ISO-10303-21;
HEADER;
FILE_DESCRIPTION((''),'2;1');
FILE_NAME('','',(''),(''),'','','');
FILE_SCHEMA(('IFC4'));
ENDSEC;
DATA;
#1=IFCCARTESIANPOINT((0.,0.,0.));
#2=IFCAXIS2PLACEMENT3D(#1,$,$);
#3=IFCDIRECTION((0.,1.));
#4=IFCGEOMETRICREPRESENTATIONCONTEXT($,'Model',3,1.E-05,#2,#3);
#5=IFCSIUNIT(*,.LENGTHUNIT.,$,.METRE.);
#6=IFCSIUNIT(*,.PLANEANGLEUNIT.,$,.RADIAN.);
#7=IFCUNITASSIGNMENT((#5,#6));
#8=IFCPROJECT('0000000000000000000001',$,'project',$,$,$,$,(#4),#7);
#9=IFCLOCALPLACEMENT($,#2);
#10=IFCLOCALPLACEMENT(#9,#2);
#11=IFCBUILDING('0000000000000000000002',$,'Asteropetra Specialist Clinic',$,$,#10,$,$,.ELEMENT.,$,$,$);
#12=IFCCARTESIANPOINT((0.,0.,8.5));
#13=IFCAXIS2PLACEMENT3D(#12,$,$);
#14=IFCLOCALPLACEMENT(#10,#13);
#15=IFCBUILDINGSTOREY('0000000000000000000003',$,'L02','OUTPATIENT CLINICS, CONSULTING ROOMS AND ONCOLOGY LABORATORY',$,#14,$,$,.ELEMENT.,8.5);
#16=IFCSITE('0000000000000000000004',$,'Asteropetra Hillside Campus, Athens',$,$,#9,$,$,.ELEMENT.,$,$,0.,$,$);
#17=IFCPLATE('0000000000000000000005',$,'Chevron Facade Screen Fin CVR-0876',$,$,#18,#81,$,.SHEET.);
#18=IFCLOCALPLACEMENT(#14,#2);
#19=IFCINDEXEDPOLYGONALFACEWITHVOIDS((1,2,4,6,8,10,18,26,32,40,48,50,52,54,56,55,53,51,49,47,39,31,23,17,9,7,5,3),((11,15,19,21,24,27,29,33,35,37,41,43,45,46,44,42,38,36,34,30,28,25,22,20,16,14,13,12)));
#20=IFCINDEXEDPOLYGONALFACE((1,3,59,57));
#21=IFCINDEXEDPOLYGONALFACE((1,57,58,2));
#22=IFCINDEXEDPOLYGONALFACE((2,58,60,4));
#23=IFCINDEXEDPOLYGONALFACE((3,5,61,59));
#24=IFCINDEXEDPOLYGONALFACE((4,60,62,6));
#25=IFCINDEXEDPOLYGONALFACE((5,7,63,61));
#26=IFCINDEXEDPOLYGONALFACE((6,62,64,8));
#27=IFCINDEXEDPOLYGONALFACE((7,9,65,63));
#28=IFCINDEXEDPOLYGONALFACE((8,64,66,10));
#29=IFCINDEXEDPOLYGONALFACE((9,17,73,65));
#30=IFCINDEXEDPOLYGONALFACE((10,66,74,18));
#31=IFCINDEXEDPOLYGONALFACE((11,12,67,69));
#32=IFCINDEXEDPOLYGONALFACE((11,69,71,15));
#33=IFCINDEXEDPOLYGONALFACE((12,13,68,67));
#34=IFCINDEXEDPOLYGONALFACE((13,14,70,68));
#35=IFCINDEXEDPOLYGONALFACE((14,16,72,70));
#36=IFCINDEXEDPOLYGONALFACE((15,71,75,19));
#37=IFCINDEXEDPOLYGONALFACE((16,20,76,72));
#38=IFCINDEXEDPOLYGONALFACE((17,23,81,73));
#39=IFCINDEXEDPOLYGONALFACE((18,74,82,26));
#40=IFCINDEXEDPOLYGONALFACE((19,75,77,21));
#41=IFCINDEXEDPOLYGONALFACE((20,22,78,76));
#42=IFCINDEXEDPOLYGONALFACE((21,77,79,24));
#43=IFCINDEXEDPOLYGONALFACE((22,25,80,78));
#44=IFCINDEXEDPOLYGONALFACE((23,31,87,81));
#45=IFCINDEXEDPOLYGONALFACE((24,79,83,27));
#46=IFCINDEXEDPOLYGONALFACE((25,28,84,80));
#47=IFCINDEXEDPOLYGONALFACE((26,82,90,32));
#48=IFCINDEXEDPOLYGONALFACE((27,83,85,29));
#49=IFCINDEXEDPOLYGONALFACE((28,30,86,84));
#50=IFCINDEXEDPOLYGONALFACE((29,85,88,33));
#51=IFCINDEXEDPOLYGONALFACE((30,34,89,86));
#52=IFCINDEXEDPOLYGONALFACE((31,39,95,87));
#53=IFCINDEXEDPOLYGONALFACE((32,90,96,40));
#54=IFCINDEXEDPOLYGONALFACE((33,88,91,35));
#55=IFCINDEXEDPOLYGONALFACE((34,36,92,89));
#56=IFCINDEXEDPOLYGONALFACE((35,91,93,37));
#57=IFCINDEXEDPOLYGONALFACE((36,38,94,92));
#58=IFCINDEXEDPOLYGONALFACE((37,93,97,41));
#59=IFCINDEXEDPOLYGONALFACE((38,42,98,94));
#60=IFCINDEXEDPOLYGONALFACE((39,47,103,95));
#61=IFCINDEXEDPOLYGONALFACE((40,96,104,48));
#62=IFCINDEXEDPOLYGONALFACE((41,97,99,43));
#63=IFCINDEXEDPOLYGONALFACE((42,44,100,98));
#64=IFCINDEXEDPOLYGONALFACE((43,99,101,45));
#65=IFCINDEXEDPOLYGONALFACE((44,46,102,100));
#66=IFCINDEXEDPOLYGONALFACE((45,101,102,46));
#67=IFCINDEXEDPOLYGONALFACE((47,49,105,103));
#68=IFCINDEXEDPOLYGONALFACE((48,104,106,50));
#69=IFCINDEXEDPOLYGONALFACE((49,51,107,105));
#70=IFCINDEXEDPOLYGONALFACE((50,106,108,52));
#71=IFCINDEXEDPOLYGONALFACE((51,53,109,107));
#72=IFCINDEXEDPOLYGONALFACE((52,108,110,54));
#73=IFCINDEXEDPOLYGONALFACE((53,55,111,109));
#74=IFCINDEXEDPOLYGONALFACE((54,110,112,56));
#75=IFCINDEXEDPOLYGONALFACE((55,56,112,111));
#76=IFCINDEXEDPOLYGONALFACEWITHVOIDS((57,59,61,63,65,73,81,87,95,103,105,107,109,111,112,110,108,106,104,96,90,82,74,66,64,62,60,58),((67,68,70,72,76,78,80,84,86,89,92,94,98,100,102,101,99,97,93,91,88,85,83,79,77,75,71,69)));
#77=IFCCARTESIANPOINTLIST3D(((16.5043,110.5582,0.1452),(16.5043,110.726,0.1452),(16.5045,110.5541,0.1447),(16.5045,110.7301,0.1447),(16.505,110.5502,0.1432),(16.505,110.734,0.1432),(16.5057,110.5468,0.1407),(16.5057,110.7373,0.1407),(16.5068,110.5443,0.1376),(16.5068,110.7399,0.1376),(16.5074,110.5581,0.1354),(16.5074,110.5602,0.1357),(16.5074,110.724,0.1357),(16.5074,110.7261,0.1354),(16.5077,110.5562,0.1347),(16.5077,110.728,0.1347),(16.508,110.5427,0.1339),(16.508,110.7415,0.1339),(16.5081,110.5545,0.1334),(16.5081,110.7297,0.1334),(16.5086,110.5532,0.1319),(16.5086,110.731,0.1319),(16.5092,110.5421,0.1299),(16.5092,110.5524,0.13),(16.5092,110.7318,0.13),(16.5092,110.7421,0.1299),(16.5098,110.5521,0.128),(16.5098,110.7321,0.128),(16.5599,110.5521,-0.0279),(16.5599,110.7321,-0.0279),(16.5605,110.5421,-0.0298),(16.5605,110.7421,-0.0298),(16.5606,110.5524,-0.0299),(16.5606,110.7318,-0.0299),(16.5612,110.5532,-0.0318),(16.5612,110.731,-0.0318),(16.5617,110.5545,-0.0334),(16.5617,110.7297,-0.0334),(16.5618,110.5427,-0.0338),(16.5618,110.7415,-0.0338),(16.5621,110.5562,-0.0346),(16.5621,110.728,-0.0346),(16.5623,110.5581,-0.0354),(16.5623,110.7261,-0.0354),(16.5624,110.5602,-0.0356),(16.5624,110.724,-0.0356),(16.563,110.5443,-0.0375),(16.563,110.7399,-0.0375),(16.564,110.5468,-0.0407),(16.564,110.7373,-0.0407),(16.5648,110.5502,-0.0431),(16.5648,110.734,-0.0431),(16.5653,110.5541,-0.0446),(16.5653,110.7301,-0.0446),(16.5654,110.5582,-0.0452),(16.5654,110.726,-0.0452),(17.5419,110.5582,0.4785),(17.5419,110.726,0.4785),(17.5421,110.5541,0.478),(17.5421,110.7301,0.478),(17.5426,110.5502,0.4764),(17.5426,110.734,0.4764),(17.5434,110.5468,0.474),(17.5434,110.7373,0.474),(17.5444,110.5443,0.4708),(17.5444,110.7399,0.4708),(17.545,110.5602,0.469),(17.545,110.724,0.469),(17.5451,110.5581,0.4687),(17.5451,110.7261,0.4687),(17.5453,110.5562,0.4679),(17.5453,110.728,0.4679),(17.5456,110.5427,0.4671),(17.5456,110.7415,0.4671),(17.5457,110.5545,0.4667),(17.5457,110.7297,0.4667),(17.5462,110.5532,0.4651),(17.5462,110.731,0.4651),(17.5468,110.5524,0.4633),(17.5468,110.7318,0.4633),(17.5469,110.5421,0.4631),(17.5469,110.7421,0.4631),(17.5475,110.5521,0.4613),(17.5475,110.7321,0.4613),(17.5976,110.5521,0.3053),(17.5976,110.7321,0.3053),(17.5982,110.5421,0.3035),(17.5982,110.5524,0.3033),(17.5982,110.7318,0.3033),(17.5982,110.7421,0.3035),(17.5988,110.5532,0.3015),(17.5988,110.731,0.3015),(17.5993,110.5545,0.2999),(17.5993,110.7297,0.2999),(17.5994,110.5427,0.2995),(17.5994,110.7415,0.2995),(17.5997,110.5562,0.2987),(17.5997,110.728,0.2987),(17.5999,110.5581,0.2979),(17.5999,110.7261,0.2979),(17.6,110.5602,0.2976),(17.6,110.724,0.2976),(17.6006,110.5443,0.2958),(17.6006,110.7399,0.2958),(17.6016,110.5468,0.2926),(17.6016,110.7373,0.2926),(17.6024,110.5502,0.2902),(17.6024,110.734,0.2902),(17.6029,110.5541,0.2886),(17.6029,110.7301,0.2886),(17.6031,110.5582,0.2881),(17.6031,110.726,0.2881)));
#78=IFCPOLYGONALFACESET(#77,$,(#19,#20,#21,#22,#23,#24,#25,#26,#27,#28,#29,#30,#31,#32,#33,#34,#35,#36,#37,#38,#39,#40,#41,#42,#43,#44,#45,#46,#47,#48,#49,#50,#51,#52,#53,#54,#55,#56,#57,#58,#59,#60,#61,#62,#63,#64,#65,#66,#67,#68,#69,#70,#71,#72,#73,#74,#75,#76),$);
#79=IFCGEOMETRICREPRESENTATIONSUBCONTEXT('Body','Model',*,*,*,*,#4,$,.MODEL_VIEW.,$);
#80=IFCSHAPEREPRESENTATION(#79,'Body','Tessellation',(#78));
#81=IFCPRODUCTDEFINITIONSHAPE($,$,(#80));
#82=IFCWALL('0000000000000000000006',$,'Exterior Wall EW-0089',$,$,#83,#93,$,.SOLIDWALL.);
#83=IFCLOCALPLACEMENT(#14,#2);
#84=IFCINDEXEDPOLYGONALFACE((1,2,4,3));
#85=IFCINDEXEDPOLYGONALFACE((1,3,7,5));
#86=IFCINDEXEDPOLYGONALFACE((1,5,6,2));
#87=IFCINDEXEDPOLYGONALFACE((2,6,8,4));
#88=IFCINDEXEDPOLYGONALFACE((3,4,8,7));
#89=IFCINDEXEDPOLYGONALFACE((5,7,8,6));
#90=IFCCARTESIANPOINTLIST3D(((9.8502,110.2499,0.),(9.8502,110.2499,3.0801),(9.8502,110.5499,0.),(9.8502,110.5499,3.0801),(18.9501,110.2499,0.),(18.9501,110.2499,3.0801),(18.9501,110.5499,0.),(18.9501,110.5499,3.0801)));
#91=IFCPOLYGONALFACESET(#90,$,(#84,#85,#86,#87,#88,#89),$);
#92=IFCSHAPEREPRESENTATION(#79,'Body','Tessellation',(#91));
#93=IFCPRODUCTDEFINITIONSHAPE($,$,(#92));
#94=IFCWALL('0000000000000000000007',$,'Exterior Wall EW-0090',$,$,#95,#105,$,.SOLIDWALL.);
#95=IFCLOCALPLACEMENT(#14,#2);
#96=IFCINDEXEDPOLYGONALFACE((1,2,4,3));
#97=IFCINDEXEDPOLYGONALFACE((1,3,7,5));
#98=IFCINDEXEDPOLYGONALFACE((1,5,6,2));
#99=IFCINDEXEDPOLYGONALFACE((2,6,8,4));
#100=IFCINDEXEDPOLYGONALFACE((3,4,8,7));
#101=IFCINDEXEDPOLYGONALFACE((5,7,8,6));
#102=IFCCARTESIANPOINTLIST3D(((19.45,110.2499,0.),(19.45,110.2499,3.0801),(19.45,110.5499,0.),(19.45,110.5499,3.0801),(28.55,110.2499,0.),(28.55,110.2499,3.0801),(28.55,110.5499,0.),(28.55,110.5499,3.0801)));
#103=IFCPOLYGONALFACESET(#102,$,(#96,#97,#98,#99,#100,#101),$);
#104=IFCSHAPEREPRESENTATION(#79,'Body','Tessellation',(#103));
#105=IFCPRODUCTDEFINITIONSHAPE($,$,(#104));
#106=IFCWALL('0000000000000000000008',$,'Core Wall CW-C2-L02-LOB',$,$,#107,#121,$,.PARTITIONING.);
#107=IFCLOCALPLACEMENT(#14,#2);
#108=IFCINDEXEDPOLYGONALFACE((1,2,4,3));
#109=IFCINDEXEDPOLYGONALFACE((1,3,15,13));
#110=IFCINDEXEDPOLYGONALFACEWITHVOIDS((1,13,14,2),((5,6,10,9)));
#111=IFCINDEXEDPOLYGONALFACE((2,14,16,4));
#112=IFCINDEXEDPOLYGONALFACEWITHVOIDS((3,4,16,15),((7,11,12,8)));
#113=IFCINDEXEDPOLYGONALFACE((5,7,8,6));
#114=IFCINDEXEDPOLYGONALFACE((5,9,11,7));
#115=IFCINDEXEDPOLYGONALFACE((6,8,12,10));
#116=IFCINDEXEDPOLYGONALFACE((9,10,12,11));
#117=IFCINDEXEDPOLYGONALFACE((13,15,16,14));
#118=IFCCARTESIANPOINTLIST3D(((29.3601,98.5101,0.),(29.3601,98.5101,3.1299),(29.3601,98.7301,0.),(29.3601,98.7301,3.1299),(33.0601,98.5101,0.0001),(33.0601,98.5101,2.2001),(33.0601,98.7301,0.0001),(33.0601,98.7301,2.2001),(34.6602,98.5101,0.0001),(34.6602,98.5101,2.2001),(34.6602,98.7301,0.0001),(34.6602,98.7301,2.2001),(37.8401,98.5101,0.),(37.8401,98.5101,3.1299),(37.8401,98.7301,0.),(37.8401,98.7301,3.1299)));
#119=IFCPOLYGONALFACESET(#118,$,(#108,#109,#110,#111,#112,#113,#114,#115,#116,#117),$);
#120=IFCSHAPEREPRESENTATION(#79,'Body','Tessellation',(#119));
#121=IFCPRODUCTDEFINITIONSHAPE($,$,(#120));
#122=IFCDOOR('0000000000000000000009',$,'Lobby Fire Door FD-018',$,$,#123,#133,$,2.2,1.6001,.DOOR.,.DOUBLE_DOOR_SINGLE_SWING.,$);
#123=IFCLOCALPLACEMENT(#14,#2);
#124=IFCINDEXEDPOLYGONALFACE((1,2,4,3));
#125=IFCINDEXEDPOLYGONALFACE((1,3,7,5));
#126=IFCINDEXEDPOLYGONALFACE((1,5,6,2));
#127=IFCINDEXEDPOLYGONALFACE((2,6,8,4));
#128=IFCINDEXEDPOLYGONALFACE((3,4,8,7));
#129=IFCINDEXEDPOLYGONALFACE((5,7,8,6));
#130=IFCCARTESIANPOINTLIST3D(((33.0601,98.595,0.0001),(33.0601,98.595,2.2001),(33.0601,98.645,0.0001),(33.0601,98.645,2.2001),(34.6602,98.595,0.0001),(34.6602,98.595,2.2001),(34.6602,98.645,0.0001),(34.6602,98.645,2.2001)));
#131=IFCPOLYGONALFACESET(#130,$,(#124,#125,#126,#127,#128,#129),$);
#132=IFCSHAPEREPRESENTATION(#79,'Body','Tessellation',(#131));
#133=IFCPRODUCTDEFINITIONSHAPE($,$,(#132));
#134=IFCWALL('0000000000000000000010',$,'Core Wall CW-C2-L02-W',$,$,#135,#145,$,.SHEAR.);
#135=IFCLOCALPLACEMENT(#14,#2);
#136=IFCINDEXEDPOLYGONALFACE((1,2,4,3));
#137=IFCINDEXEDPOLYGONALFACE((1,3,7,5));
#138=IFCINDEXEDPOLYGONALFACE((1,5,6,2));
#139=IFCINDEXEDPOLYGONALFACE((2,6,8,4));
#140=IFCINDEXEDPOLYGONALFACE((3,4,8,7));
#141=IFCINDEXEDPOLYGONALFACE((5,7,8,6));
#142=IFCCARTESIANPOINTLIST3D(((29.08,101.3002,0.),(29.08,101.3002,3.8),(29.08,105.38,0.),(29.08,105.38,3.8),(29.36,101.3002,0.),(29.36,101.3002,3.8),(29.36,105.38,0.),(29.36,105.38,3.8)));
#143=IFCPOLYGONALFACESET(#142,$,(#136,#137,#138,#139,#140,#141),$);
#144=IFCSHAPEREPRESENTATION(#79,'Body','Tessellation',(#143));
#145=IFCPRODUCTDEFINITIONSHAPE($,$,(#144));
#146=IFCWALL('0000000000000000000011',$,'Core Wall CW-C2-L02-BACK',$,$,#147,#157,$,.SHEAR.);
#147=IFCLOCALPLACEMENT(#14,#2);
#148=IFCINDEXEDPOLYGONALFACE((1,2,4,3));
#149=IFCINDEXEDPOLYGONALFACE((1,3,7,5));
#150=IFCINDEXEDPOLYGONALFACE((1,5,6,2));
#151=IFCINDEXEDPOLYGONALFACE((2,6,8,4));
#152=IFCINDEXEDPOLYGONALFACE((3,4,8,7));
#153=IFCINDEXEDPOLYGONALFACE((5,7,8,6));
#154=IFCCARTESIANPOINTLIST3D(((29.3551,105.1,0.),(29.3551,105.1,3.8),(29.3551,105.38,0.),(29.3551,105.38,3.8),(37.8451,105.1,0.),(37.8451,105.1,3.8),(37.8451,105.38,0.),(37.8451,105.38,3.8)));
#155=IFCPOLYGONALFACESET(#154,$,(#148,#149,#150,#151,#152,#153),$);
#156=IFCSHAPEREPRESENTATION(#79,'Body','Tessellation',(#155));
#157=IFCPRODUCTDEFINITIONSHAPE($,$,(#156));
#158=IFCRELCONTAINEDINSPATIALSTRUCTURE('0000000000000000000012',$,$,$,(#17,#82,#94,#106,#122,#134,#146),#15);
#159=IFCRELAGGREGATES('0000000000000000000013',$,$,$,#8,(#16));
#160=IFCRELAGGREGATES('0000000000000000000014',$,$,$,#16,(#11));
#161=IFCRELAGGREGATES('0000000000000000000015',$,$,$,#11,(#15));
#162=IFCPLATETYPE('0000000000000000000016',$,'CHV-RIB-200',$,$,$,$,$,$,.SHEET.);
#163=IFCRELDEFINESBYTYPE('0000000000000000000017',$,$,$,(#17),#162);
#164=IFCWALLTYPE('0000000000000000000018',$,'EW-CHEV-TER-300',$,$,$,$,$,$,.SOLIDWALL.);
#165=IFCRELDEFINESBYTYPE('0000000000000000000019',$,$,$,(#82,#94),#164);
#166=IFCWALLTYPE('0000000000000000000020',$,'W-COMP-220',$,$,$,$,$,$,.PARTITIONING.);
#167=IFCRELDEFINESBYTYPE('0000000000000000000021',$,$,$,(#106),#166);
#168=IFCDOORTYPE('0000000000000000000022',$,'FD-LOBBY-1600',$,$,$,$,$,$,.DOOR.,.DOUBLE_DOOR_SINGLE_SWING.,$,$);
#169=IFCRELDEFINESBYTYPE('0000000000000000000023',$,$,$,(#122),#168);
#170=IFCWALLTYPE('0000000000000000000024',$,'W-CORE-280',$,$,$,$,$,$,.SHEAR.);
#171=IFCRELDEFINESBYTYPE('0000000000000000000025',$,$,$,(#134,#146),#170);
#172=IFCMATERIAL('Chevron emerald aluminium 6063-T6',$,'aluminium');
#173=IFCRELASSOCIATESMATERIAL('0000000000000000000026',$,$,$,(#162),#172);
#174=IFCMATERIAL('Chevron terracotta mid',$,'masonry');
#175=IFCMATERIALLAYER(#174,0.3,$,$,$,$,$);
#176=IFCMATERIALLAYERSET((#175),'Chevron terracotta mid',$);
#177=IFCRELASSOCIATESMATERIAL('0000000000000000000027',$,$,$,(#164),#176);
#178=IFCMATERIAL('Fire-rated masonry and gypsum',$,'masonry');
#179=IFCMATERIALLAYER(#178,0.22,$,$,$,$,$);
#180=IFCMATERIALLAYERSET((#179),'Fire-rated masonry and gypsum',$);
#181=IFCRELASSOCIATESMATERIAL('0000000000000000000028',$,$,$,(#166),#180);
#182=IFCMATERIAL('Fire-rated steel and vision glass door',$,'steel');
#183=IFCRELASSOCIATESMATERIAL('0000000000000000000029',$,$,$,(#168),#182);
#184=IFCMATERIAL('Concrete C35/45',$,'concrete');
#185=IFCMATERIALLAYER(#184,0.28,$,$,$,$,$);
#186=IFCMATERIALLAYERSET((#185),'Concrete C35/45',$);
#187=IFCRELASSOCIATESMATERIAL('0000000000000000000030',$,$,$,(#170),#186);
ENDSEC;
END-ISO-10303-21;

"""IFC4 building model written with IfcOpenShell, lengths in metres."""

from ifc_helpers import new_model, si_unit, direction, frame, frame_2d, origin, origin_2d, place, context, subcontext, project, spatial, rectangle, hollow_rectangle, extrude, material, layer, layer_set, material_profile, profile_set, type_object, element, fill, save


model = new_model("IFC4")

# Units and contexts
model_context = context("Model", 3, precision=1e-05, world=origin(), true_north=direction((0.0, 1.0)))
body_context = subcontext(model_context, "Body", "Model", "MODEL_VIEW")
ifc_project = project(units=[si_unit("LENGTHUNIT", "METRE"), si_unit("PLANEANGLEUNIT", "RADIAN")], contexts=[model_context])

# Site, building, storey
site_placement = place(None, origin())
site = spatial("IfcSite", under=ifc_project, at=site_placement, Name="Asteropetra Hillside Campus, Athens", CompositionType="ELEMENT", RefElevation=0.0)
building_placement = place(site_placement, origin())
building = spatial("IfcBuilding", under=site, at=building_placement, Name="Asteropetra Specialist Clinic", CompositionType="ELEMENT")
storey_placement = place(building_placement, frame((0.0, 0.0, 8.5)))
storey = spatial("IfcBuildingStorey", under=building, at=storey_placement, Name="L02", Description="OUTPATIENT CLINICS, CONSULTING ROOMS AND ONCOLOGY LABORATORY", CompositionType="ELEMENT", Elevation=8.5)

# Plate
ifc_material_1 = material(Name="Chevron emerald aluminium 6063-T6", Category="aluminium")
ifc_material_profile_1 = material_profile(ifc_material_1, hollow_rectangle(XDim=0.2, YDim=0.2, WallThickness=0.01, InnerFilletRadius=0.0081, OuterFilletRadius=0.0161, at=origin_2d()), Name="SHS 200x200x10.0")
ifc_profile_set_1 = profile_set([ifc_material_profile_1], Name="Chevron emerald aluminium 6063-T6")
plate_type = type_object("IfcPlateType", Name="CHV-RIB-200", PredefinedType="SHEET", material=ifc_profile_set_1)
plate_placement = place(storey_placement, frame((17.5725, 110.6421, 0.3833), z_axis=(-0.952098, 0.0, -0.305792), x_axis=(0.0, -1.0, 0.0)))
element("IfcPlate", 1, at=plate_placement, inside=storey, type_object=plate_type, Name="Chevron Facade Screen Fin CVR-0876", PredefinedType="SHEET", context=body_context, shape_type="SweptSolid", body=[
    extrude(hollow_rectangle(XDim=0.2, YDim=0.2, WallThickness=0.01, InnerFilletRadius=0.0081, OuterFilletRadius=0.0161, at=origin_2d()), origin(), (0.0, 0.0, 1.0), 1.0898),
])

# Walls
ifc_material_2 = material(Name="Chevron terracotta mid", Category="masonry")
ifc_layer_1 = layer(ifc_material_2, 0.3)
ifc_layer_set_1 = layer_set([ifc_layer_1], Name="Chevron terracotta mid")
wall_type_1 = type_object("IfcWallType", Name="EW-CHEV-TER-300", PredefinedType="SOLIDWALL", material=ifc_layer_set_1)
wall_1_placement = place(storey_placement, frame((18.95, 110.3999, 0.0), z_axis=(0.0, 0.0, 1.0), x_axis=(-1.0, 0.0, 0.0)))
element("IfcWall", 2, at=wall_1_placement, inside=storey, type_object=wall_type_1, Name="Exterior Wall EW-0089", PredefinedType="SOLIDWALL", context=body_context, shape_type="SweptSolid", body=[
    extrude(rectangle(XDim=9.0999, YDim=0.3, at=frame_2d((4.5498, 0.0))), origin(), (0.0, 0.0, 1.0), 3.0801),
])
wall_2_placement = place(storey_placement, frame((28.55, 110.3999, 0.0), z_axis=(0.0, 0.0, 1.0), x_axis=(-1.0, 0.0, 0.0)))
element("IfcWall", 3, at=wall_2_placement, inside=storey, type_object=wall_type_1, Name="Exterior Wall EW-0090", PredefinedType="SOLIDWALL", context=body_context, shape_type="SweptSolid", body=[
    extrude(rectangle(XDim=9.1001, YDim=0.3, at=frame_2d((4.55, 0.0))), origin(), (0.0, 0.0, 1.0), 3.0801),
])

# Wall, opening, door
ifc_material_3 = material(Name="Fire-rated masonry and gypsum", Category="masonry")
ifc_layer_2 = layer(ifc_material_3, 0.22)
ifc_layer_set_2 = layer_set([ifc_layer_2], Name="Fire-rated masonry and gypsum")
wall_type_2 = type_object("IfcWallType", Name="W-COMP-220", PredefinedType="PARTITIONING", material=ifc_layer_set_2)
wall_3_placement = place(storey_placement, frame((29.3601, 98.6201, 0.0), z_axis=(0.0, 0.0, 1.0), x_axis=(1.0, 0.0, 0.0)))
wall_3 = element("IfcWall", 4, at=wall_3_placement, inside=storey, type_object=wall_type_2, Name="Core Wall CW-C2-L02-LOB", PredefinedType="PARTITIONING", context=body_context, shape_type="SweptSolid", body=[
    extrude(rectangle(XDim=8.48, YDim=0.22, at=frame_2d((4.24, 0.0))), origin(), (0.0, 0.0, 1.0), 3.1299),
])
opening_1_placement = place(wall_3_placement, frame((3.7, 0.0, 0.0)))
opening_1 = element("IfcOpeningElement", 5, at=opening_1_placement, cuts=wall_3, PredefinedType="OPENING", context=body_context, shape_type="SweptSolid", body=[
    extrude(rectangle(XDim=1.6001, YDim=2.2, at=frame_2d((0.8, 1.1001))), frame((0.0, 0.1199, 0.0), z_axis=(0.0, -1.0, 0.0), x_axis=(1.0, 0.0, 0.0)), (0.0, 0.0, 1.0), 0.24),
])
ifc_material_4 = material(Name="Fire-rated steel and vision glass door", Category="steel")
door_type_1 = type_object("IfcDoorType", Name="FD-LOBBY-1600", OperationType="DOUBLE_DOOR_SINGLE_SWING", PredefinedType="DOOR", material=ifc_material_4)
door_1_placement = place(opening_1_placement, origin())
door_1 = element("IfcDoor", 6, at=door_1_placement, inside=storey, type_object=door_type_1, Name="Lobby Fire Door FD-018", OperationType="DOUBLE_DOOR_SINGLE_SWING", OverallHeight=2.2, OverallWidth=1.6001, PredefinedType="DOOR", context=body_context, shape_type="SweptSolid", body=[
    extrude(rectangle(XDim=1.6001, YDim=2.2, at=frame_2d((0.8, 1.1001))), frame((0.0, 0.0249, 0.0), z_axis=(0.0, -1.0, 0.0), x_axis=(1.0, 0.0, 0.0)), (0.0, 0.0, 1.0), 0.05),
])
fill(opening_1, door_1)

# Walls
ifc_material_5 = material(Name="Concrete C35/45", Category="concrete")
ifc_layer_3 = layer(ifc_material_5, 0.28)
ifc_layer_set_3 = layer_set([ifc_layer_3], Name="Concrete C35/45")
wall_type_3 = type_object("IfcWallType", Name="W-CORE-280", PredefinedType="SHEAR", material=ifc_layer_set_3)
wall_4_placement = place(storey_placement, frame((29.22, 101.3, 0.0), z_axis=(0.0, 0.0, 1.0), x_axis=(0.0, 1.0, 0.0)))
element("IfcWall", 7, at=wall_4_placement, inside=storey, type_object=wall_type_3, Name="Core Wall CW-C2-L02-W", PredefinedType="SHEAR", context=body_context, shape_type="SweptSolid", body=[
    extrude(rectangle(XDim=4.0798, YDim=0.28, at=frame_2d((2.04, 0.0))), origin(), (0.0, 0.0, 1.0), 3.8),
])
wall_5_placement = place(storey_placement, frame((29.355, 105.24, 0.0), z_axis=(0.0, 0.0, 1.0), x_axis=(1.0, 0.0, 0.0)))
element("IfcWall", 8, at=wall_5_placement, inside=storey, type_object=wall_type_3, Name="Core Wall CW-C2-L02-BACK", PredefinedType="SHEAR", context=body_context, shape_type="SweptSolid", body=[
    extrude(rectangle(XDim=8.49, YDim=0.28, at=frame_2d((4.2451, 0.0))), origin(), (0.0, 0.0, 1.0), 3.8),
])

save(model, "model.ifc")
